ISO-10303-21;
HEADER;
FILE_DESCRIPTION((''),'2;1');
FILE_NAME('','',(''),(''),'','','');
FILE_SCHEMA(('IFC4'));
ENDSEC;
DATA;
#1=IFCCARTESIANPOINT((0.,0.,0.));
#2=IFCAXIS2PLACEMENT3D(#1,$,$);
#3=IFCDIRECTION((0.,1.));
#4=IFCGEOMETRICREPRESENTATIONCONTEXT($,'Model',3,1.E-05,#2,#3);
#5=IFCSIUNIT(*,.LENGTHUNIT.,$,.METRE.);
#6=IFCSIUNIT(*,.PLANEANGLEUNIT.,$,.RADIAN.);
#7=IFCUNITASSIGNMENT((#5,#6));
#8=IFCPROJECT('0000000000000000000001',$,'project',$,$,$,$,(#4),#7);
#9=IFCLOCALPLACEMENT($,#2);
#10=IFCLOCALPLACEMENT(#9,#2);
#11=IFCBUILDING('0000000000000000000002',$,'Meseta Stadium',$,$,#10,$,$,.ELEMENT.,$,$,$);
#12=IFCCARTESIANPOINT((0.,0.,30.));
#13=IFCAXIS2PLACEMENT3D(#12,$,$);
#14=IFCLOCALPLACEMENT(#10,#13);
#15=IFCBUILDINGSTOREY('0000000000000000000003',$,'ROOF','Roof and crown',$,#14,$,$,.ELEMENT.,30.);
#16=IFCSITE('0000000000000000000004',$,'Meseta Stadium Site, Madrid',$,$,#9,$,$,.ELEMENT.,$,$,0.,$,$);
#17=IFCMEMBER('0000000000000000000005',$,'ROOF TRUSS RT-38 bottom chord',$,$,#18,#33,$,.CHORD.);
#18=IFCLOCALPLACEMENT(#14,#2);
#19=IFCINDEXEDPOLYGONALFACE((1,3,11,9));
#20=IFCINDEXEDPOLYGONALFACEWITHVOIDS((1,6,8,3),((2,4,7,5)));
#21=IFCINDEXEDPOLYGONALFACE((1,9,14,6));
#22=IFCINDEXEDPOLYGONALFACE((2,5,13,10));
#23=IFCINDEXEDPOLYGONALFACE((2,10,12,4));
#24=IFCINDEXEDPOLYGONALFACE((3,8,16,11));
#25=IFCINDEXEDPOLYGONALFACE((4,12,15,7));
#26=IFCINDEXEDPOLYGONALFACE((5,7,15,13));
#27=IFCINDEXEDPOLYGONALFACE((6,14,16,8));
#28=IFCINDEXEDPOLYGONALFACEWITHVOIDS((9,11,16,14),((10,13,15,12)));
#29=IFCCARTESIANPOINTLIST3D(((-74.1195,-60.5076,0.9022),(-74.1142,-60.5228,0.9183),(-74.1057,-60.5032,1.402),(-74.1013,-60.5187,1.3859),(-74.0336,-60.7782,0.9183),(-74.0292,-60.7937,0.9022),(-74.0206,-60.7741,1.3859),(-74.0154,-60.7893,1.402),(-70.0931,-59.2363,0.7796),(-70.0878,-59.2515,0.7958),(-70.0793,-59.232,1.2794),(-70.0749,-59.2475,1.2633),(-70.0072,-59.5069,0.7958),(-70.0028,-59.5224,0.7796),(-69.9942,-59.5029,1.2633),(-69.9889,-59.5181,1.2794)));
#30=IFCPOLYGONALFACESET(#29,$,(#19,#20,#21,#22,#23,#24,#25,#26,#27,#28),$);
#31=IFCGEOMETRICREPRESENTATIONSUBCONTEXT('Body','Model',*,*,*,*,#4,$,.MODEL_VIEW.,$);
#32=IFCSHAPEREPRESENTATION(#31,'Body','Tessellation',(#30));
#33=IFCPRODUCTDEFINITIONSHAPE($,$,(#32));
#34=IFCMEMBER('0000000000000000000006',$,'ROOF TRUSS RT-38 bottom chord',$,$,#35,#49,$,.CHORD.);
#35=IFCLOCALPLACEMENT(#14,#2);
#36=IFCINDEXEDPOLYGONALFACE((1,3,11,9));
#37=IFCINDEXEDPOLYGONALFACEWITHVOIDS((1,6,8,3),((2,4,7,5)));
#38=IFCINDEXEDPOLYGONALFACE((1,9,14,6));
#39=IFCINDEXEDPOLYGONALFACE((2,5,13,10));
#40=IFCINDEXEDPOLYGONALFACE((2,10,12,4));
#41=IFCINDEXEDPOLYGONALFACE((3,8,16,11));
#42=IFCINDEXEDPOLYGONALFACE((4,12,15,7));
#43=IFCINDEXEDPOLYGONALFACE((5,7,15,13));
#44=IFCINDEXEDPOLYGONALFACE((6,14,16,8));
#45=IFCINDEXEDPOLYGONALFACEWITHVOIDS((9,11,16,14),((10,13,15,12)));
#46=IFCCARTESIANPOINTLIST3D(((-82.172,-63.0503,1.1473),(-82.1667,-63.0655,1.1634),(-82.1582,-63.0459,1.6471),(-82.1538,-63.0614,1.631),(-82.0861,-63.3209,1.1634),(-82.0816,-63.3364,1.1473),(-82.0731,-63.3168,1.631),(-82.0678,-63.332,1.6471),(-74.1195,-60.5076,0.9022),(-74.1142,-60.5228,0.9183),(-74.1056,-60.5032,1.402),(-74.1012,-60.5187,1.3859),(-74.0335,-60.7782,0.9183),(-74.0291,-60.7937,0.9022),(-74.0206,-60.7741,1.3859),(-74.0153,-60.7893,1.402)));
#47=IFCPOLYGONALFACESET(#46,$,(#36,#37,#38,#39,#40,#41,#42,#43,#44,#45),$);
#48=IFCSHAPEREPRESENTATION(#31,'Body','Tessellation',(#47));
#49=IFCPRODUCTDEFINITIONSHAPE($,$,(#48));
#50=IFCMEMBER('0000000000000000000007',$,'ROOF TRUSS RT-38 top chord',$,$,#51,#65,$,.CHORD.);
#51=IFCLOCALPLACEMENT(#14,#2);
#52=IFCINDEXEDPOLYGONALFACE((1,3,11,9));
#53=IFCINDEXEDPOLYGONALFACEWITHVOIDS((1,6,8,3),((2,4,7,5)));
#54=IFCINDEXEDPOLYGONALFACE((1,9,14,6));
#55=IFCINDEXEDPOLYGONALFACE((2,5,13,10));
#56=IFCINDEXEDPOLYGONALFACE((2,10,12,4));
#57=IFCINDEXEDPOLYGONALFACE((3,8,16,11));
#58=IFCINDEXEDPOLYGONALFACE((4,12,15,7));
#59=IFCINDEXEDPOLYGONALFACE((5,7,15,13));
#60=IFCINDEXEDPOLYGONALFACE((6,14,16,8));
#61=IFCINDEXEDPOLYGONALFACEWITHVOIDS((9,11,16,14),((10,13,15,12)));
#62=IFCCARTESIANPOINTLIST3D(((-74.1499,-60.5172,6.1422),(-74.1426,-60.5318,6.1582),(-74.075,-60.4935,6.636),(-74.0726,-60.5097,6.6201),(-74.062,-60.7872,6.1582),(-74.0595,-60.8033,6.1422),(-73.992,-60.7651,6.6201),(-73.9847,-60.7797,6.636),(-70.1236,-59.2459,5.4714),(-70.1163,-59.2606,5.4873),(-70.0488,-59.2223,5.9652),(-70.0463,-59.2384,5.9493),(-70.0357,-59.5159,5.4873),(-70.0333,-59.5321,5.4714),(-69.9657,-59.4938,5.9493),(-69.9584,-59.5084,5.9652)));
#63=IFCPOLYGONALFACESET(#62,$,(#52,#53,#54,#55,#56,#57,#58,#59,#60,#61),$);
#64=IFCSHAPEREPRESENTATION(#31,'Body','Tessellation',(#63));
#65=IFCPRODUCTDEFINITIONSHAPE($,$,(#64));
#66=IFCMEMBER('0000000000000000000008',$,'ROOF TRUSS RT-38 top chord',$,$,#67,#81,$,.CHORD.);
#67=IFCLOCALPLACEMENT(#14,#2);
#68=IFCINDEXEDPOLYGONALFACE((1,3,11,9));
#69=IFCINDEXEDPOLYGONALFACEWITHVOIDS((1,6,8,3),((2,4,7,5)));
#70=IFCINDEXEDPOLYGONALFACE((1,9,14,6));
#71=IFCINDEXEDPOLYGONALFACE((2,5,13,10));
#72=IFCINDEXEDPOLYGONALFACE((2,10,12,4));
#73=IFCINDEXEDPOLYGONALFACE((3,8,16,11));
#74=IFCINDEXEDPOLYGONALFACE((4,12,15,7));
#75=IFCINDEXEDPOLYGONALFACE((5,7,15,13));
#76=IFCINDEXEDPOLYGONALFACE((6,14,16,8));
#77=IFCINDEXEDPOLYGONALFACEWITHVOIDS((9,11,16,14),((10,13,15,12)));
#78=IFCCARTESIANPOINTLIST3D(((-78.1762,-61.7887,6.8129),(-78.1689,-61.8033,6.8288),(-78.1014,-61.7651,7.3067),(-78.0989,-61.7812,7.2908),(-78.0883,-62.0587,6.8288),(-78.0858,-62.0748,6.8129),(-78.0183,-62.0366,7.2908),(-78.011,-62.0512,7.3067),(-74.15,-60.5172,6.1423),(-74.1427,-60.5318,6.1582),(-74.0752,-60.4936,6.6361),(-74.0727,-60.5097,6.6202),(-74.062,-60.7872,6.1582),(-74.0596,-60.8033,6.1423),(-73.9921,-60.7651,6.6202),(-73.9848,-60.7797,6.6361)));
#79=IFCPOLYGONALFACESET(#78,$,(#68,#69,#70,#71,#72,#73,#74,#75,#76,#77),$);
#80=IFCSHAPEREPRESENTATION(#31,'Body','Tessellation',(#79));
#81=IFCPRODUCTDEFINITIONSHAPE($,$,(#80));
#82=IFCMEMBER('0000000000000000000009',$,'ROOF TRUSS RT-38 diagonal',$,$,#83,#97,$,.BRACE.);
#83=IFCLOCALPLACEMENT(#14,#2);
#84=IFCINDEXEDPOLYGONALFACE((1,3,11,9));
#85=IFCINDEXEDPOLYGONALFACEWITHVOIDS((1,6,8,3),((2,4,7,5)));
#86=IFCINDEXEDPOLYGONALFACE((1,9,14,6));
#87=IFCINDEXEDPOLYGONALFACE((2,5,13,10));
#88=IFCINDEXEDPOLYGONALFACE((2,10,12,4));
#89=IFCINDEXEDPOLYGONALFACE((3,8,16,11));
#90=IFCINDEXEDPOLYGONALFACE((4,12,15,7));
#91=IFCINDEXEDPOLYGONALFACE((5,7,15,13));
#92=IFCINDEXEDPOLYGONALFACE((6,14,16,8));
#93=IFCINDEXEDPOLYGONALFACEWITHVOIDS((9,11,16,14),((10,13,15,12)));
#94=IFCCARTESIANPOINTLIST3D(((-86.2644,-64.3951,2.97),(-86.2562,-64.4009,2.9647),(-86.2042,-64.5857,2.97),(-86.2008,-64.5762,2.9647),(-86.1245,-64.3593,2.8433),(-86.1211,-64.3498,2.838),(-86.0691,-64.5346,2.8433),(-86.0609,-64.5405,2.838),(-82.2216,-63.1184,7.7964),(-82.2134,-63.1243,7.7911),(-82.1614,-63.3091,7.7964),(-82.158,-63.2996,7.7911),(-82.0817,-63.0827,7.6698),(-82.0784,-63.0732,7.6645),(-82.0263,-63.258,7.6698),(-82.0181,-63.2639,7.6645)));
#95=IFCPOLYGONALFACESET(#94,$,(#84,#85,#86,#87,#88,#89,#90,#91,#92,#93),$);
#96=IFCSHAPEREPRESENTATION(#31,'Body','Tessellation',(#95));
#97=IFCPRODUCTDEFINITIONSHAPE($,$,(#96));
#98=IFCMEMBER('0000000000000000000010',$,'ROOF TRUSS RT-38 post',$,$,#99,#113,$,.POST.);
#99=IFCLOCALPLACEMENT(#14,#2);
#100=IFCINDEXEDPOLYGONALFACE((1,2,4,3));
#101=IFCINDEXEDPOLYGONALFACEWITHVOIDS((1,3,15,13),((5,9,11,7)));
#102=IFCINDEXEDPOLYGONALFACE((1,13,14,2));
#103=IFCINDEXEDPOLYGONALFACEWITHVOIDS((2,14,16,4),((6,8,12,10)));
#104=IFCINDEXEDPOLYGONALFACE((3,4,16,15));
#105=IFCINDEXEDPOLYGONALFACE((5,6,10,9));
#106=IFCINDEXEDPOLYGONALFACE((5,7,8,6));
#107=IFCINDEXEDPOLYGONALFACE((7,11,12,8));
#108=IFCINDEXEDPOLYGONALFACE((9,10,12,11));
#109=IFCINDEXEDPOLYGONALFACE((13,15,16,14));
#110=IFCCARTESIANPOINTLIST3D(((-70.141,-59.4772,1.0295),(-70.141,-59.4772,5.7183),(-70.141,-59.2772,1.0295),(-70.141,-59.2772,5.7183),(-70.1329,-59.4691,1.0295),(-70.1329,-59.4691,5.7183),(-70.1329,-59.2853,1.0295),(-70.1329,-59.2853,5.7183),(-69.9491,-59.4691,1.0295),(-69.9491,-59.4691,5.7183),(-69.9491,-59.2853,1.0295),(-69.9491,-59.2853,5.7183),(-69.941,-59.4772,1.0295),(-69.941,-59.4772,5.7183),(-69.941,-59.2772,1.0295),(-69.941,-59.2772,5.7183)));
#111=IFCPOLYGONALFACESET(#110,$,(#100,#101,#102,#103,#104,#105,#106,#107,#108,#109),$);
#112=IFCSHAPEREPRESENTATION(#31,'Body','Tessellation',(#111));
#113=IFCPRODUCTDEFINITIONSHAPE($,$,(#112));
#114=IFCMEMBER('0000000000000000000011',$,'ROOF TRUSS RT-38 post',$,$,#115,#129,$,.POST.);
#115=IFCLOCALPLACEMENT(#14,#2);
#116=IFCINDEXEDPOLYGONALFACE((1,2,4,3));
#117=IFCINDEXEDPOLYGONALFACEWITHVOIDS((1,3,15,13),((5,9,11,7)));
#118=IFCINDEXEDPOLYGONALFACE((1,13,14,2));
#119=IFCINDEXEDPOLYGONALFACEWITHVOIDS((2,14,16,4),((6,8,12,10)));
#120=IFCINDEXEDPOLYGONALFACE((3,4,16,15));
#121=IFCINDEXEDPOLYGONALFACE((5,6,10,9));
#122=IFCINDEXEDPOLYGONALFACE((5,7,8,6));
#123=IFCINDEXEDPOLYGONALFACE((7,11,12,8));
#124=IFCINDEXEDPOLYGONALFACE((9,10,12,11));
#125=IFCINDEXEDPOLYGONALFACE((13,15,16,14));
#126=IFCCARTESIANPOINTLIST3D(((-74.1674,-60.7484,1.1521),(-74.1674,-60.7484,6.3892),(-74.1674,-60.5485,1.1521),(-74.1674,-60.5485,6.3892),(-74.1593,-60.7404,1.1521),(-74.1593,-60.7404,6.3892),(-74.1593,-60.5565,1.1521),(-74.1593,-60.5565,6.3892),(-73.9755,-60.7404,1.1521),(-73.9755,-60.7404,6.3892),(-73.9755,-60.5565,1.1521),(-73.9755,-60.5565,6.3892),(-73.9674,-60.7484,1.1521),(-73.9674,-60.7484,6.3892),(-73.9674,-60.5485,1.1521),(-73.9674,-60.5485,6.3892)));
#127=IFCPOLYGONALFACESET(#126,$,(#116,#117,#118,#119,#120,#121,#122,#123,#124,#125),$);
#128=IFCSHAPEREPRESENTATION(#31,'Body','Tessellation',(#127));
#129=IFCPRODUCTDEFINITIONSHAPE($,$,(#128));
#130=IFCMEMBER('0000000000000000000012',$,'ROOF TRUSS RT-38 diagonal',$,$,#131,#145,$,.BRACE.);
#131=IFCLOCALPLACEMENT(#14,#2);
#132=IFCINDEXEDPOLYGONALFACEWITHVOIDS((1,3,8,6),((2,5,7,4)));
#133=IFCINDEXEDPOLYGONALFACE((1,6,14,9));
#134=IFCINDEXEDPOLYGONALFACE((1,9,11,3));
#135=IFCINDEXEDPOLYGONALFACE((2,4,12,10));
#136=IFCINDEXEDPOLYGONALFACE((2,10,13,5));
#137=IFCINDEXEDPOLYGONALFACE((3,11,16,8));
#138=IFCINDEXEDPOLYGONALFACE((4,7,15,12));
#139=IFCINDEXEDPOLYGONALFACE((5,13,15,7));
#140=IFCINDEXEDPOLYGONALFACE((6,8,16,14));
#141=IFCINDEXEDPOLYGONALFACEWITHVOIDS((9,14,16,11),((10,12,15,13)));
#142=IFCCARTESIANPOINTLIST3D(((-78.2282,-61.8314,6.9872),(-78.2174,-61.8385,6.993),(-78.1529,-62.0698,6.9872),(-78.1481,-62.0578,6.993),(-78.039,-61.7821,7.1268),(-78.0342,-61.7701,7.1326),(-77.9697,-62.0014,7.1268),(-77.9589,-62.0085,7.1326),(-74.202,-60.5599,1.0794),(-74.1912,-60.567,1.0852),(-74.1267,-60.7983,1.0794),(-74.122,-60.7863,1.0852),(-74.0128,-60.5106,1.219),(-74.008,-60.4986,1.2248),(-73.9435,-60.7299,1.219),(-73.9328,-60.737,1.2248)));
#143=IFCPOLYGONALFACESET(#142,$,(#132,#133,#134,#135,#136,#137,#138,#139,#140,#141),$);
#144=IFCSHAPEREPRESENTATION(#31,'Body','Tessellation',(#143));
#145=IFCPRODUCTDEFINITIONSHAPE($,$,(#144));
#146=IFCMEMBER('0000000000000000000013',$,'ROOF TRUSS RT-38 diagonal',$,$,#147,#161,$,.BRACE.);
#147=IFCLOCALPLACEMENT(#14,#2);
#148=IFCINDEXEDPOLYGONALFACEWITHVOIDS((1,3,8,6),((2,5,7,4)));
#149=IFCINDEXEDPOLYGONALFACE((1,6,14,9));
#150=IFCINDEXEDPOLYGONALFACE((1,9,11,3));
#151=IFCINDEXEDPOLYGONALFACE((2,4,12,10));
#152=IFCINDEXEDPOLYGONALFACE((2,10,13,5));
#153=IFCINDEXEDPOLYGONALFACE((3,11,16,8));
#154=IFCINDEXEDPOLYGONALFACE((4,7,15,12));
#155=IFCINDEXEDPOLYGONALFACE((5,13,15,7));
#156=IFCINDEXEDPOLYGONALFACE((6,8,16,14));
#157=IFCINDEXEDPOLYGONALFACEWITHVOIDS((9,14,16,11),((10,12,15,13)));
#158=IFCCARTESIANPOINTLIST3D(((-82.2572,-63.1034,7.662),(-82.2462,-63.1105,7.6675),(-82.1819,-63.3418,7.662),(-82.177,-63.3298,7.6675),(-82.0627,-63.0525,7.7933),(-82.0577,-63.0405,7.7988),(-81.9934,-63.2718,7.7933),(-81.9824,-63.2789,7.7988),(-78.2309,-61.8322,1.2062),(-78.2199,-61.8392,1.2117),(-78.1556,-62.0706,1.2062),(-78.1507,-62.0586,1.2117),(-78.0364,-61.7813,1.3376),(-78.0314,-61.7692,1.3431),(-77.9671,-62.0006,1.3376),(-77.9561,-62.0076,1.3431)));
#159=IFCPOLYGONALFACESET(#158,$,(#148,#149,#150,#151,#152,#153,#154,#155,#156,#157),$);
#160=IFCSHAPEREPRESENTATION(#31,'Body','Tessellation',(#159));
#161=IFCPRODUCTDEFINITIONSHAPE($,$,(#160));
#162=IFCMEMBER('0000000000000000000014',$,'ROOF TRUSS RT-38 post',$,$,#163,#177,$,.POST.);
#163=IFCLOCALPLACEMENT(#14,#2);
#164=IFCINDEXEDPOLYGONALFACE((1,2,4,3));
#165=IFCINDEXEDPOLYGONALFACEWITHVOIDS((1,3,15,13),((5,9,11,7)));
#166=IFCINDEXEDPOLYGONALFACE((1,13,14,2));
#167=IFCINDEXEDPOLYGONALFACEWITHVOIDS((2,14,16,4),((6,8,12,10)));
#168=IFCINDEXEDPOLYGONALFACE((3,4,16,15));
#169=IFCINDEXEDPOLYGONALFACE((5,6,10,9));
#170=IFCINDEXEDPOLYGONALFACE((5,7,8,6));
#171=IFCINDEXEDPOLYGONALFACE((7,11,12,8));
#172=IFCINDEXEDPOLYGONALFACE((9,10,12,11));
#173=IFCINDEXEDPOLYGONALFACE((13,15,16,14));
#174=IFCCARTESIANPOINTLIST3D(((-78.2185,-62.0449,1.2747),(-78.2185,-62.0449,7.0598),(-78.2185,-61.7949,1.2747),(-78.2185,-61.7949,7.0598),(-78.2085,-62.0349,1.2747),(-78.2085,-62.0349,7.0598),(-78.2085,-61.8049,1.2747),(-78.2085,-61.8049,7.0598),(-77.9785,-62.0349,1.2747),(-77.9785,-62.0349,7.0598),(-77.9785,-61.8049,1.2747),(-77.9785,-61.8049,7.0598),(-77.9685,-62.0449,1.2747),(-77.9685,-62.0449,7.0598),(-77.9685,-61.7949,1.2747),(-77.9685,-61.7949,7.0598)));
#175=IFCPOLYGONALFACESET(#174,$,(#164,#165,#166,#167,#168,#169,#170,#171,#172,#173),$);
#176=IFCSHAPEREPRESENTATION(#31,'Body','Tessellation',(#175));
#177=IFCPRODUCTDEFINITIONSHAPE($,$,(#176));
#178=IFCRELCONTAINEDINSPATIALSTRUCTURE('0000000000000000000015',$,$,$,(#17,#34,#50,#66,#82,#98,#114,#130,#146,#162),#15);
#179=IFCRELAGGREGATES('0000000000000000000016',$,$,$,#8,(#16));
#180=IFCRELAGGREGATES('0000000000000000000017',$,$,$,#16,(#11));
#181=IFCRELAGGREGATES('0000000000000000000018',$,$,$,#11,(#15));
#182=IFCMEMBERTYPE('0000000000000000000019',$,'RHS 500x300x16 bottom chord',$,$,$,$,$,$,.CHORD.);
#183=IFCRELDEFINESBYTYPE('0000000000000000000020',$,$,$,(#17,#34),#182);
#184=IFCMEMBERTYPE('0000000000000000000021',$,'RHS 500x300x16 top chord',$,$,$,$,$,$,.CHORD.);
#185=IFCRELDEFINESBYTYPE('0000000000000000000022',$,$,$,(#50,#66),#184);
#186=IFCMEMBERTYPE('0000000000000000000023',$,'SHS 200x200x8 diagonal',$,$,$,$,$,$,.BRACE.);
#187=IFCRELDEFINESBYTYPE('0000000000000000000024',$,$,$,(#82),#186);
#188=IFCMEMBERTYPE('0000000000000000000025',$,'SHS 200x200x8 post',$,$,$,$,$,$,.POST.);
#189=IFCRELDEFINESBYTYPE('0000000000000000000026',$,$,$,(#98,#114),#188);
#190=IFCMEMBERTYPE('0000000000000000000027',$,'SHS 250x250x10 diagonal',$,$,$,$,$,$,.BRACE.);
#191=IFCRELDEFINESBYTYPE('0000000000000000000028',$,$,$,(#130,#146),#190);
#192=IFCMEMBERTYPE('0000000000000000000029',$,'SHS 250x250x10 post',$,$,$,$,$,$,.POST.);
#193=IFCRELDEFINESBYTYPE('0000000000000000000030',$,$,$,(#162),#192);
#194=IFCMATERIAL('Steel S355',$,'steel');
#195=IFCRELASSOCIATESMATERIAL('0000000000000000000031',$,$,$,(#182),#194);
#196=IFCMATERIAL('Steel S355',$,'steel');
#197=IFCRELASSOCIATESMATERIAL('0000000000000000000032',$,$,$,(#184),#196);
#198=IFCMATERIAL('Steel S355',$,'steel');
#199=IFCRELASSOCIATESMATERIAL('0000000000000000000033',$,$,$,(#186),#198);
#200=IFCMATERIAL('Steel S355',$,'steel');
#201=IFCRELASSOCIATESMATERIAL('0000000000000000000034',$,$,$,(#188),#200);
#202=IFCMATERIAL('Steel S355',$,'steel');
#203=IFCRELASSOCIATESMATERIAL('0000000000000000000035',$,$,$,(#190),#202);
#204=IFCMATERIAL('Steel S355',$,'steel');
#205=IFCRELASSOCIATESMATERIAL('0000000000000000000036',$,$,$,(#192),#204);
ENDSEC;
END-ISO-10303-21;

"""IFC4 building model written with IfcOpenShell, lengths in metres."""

from ifc_helpers import new_model, si_unit, direction, frame, origin, origin_2d, place, context, subcontext, project, spatial, hollow_rectangle, extrude, material, material_profile, profile_set, type_object, element, save


model = new_model("IFC4")

# Units and contexts
model_context = context("Model", 3, precision=1e-05, world=origin(), true_north=direction((0.0, 1.0)))
body_context = subcontext(model_context, "Body", "Model", "MODEL_VIEW")
ifc_project = project(units=[si_unit("LENGTHUNIT", "METRE"), si_unit("PLANEANGLEUNIT", "RADIAN")], contexts=[model_context])

# Site, building, storey
site_placement = place(None, origin())
site = spatial("IfcSite", under=ifc_project, at=site_placement, Name="Meseta Stadium Site, Madrid", CompositionType="ELEMENT", RefElevation=0.0)
building_placement = place(site_placement, origin())
building = spatial("IfcBuilding", under=site, at=building_placement, Name="Meseta Stadium", CompositionType="ELEMENT")
storey_placement = place(building_placement, frame((0.0, 0.0, 30.0)))
storey = spatial("IfcBuildingStorey", under=building, at=storey_placement, Name="ROOF", Description="Roof and crown", CompositionType="ELEMENT", Elevation=30.0)

# Members
ifc_material_1 = material(Name="Steel S355", Category="steel")
ifc_material_profile_1 = material_profile(ifc_material_1, hollow_rectangle(XDim=0.3, YDim=0.5, WallThickness=0.0161, at=origin_2d()), Name="RHS 500x300x16")
ifc_profile_set_1 = profile_set([ifc_material_profile_1], Name="Steel S355")
member_type_1 = type_object("IfcMemberType", Name="RHS 500x300x16 bottom chord", PredefinedType="CHORD", material=ifc_profile_set_1)
member_1_placement = place(storey_placement, frame((-70.041, -59.3772, 1.0295), z_axis=(-0.953198, -0.300952, 0.029014), x_axis=(0.301079, -0.953599, 0.0)))
element("IfcMember", 1, at=member_1_placement, inside=storey, type_object=member_type_1, Name="ROOF TRUSS RT-38 bottom chord", PredefinedType="CHORD", context=body_context, shape_type="SweptSolid", body=[
    extrude(hollow_rectangle(XDim=0.3, YDim=0.5, WallThickness=0.0161, at=origin_2d()), origin(), (0.0, 0.0, 1.0), 4.2241),
])
member_2_placement = place(storey_placement, frame((-74.0674, -60.6484, 1.1521), z_axis=(-0.953187, -0.300987, 0.029015), x_axis=(0.301113, -0.953588, 0.0)))
element("IfcMember", 2, at=member_2_placement, inside=storey, type_object=member_type_1, Name="ROOF TRUSS RT-38 bottom chord", PredefinedType="CHORD", context=body_context, shape_type="SweptSolid", body=[
    extrude(hollow_rectangle(XDim=0.3, YDim=0.5, WallThickness=0.0161, at=origin_2d()), origin(), (0.0, 0.0, 1.0), 8.448),
])
ifc_material_2 = material(Name="Steel S355", Category="steel")
ifc_material_profile_2 = material_profile(ifc_material_2, hollow_rectangle(XDim=0.3, YDim=0.5, WallThickness=0.0161, at=origin_2d()), Name="RHS 500x300x16")
ifc_profile_set_2 = profile_set([ifc_material_profile_2], Name="Steel S355")
member_type_2 = type_object("IfcMemberType", Name="RHS 500x300x16 top chord", PredefinedType="CHORD", material=ifc_profile_set_2)
for number, where, z_axis, x_axis, name in (
    (3, (-70.041, -59.3772, 5.7183), (-0.941785, -0.297349, 0.156926), (0.301079, -0.953599, 0.0), "ROOF TRUSS RT-38 top chord"),
    (4, (-74.0674, -60.6484, 6.3892), (-0.941771, -0.297419, 0.156876), (0.301148, -0.953577, 0.0), "ROOF TRUSS RT-38 top chord"),
):
    element("IfcMember", number, at=place(storey_placement, frame(where, z_axis=z_axis, x_axis=x_axis)), inside=storey, type_object=member_type_2, Name=name, PredefinedType="CHORD", context=body_context, shape_type="SweptSolid", body=[
        extrude(hollow_rectangle(XDim=0.3, YDim=0.5, WallThickness=0.0161, at=origin_2d()), origin(), (0.0, 0.0, 1.0), 4.2751),
    ])
ifc_material_3 = material(Name="Steel S355", Category="steel")
ifc_material_profile_3 = material_profile(ifc_material_3, hollow_rectangle(XDim=0.2, YDim=0.2, WallThickness=0.0081, at=origin_2d()), Name="SHS 200x200x8")
ifc_profile_set_3 = profile_set([ifc_material_profile_3], Name="Steel S355")
member_type_3 = type_object("IfcMemberType", Name="SHS 200x200x8 diagonal", PredefinedType="BRACE", material=ifc_profile_set_3)
member_3_placement = place(storey_placement, frame((-82.1199, -63.1912, 7.7305), z_axis=(-0.629317, -0.198726, -0.751311), x_axis=(0.301123, -0.953585, 0.0)))
element("IfcMember", 5, at=member_3_placement, inside=storey, type_object=member_type_3, Name="ROOF TRUSS RT-38 diagonal", PredefinedType="BRACE", context=body_context, shape_type="SweptSolid", body=[
    extrude(hollow_rectangle(XDim=0.2, YDim=0.2, WallThickness=0.0081, at=origin_2d()), origin(), (0.0, 0.0, 1.0), 6.4241),
])
ifc_material_4 = material(Name="Steel S355", Category="steel")
ifc_material_profile_4 = material_profile(ifc_material_4, hollow_rectangle(XDim=0.2, YDim=0.2, WallThickness=0.0081, at=origin_2d()), Name="SHS 200x200x8")
ifc_profile_set_4 = profile_set([ifc_material_profile_4], Name="Steel S355")
member_type_4 = type_object("IfcMemberType", Name="SHS 200x200x8 post", PredefinedType="POST", material=ifc_profile_set_4)
member_4_placement = place(storey_placement, frame((-70.041, -59.3772, 1.0295), z_axis=(0.0, 0.0, 1.0), x_axis=(1.0, 0.0, 0.0)))
element("IfcMember", 6, at=member_4_placement, inside=storey, type_object=member_type_4, Name="ROOF TRUSS RT-38 post", PredefinedType="POST", context=body_context, shape_type="SweptSolid", body=[
    extrude(hollow_rectangle(XDim=0.2, YDim=0.2, WallThickness=0.0081, at=origin_2d()), origin(), (0.0, 0.0, 1.0), 4.6887),
])
member_5_placement = place(storey_placement, frame((-74.0674, -60.6484, 1.1521), z_axis=(0.0, 0.0, 1.0), x_axis=(1.0, 0.0, 0.0)))
element("IfcMember", 7, at=member_5_placement, inside=storey, type_object=member_type_4, Name="ROOF TRUSS RT-38 post", PredefinedType="POST", context=body_context, shape_type="SweptSolid", body=[
    extrude(hollow_rectangle(XDim=0.2, YDim=0.2, WallThickness=0.0081, at=origin_2d()), origin(), (0.0, 0.0, 1.0), 5.2371),
])
ifc_material_5 = material(Name="Steel S355", Category="steel")
ifc_material_profile_5 = material_profile(ifc_material_5, hollow_rectangle(XDim=0.25, YDim=0.25, WallThickness=0.01, at=origin_2d()), Name="SHS 250x250x10")
ifc_profile_set_5 = profile_set([ifc_material_profile_5], Name="Steel S355")
member_type_5 = type_object("IfcMemberType", Name="SHS 250x250x10 diagonal", PredefinedType="BRACE", material=ifc_profile_set_5)
member_6_placement = place(storey_placement, frame((-74.0674, -60.6484, 1.1521), z_axis=(-0.554458, -0.175103, 0.813582), x_axis=(0.301148, -0.953577, 0.0)))
element("IfcMember", 8, at=member_6_placement, inside=storey, type_object=member_type_5, Name="ROOF TRUSS RT-38 diagonal", PredefinedType="BRACE", context=body_context, shape_type="SweptSolid", body=[
    extrude(hollow_rectangle(XDim=0.25, YDim=0.25, WallThickness=0.01, at=origin_2d()), origin(), (0.0, 0.0, 1.0), 7.2615),
])
member_7_placement = place(storey_placement, frame((-78.0935, -61.9199, 1.2747), z_axis=(-0.521959, -0.164797, 0.8369), x_axis=(0.301079, -0.953599, 0.0)))
element("IfcMember", 9, at=member_7_placement, inside=storey, type_object=member_type_5, Name="ROOF TRUSS RT-38 diagonal", PredefinedType="BRACE", context=body_context, shape_type="SweptSolid", body=[
    extrude(hollow_rectangle(XDim=0.25, YDim=0.25, WallThickness=0.01, at=origin_2d()), origin(), (0.0, 0.0, 1.0), 7.7139),
])
ifc_material_6 = material(Name="Steel S355", Category="steel")
ifc_material_profile_6 = material_profile(ifc_material_6, hollow_rectangle(XDim=0.25, YDim=0.25, WallThickness=0.01, at=origin_2d()), Name="SHS 250x250x10")
ifc_profile_set_6 = profile_set([ifc_material_profile_6], Name="Steel S355")
member_type_6 = type_object("IfcMemberType", Name="SHS 250x250x10 post", PredefinedType="POST", material=ifc_profile_set_6)
member_8_placement = place(storey_placement, frame((-78.0935, -61.9199, 1.2747), z_axis=(0.0, 0.0, 1.0), x_axis=(1.0, 0.0, 0.0)))
element("IfcMember", 10, at=member_8_placement, inside=storey, type_object=member_type_6, Name="ROOF TRUSS RT-38 post", PredefinedType="POST", context=body_context, shape_type="SweptSolid", body=[
    extrude(hollow_rectangle(XDim=0.25, YDim=0.25, WallThickness=0.01, at=origin_2d()), origin(), (0.0, 0.0, 1.0), 5.7852),
])

save(model, "model.ifc")
